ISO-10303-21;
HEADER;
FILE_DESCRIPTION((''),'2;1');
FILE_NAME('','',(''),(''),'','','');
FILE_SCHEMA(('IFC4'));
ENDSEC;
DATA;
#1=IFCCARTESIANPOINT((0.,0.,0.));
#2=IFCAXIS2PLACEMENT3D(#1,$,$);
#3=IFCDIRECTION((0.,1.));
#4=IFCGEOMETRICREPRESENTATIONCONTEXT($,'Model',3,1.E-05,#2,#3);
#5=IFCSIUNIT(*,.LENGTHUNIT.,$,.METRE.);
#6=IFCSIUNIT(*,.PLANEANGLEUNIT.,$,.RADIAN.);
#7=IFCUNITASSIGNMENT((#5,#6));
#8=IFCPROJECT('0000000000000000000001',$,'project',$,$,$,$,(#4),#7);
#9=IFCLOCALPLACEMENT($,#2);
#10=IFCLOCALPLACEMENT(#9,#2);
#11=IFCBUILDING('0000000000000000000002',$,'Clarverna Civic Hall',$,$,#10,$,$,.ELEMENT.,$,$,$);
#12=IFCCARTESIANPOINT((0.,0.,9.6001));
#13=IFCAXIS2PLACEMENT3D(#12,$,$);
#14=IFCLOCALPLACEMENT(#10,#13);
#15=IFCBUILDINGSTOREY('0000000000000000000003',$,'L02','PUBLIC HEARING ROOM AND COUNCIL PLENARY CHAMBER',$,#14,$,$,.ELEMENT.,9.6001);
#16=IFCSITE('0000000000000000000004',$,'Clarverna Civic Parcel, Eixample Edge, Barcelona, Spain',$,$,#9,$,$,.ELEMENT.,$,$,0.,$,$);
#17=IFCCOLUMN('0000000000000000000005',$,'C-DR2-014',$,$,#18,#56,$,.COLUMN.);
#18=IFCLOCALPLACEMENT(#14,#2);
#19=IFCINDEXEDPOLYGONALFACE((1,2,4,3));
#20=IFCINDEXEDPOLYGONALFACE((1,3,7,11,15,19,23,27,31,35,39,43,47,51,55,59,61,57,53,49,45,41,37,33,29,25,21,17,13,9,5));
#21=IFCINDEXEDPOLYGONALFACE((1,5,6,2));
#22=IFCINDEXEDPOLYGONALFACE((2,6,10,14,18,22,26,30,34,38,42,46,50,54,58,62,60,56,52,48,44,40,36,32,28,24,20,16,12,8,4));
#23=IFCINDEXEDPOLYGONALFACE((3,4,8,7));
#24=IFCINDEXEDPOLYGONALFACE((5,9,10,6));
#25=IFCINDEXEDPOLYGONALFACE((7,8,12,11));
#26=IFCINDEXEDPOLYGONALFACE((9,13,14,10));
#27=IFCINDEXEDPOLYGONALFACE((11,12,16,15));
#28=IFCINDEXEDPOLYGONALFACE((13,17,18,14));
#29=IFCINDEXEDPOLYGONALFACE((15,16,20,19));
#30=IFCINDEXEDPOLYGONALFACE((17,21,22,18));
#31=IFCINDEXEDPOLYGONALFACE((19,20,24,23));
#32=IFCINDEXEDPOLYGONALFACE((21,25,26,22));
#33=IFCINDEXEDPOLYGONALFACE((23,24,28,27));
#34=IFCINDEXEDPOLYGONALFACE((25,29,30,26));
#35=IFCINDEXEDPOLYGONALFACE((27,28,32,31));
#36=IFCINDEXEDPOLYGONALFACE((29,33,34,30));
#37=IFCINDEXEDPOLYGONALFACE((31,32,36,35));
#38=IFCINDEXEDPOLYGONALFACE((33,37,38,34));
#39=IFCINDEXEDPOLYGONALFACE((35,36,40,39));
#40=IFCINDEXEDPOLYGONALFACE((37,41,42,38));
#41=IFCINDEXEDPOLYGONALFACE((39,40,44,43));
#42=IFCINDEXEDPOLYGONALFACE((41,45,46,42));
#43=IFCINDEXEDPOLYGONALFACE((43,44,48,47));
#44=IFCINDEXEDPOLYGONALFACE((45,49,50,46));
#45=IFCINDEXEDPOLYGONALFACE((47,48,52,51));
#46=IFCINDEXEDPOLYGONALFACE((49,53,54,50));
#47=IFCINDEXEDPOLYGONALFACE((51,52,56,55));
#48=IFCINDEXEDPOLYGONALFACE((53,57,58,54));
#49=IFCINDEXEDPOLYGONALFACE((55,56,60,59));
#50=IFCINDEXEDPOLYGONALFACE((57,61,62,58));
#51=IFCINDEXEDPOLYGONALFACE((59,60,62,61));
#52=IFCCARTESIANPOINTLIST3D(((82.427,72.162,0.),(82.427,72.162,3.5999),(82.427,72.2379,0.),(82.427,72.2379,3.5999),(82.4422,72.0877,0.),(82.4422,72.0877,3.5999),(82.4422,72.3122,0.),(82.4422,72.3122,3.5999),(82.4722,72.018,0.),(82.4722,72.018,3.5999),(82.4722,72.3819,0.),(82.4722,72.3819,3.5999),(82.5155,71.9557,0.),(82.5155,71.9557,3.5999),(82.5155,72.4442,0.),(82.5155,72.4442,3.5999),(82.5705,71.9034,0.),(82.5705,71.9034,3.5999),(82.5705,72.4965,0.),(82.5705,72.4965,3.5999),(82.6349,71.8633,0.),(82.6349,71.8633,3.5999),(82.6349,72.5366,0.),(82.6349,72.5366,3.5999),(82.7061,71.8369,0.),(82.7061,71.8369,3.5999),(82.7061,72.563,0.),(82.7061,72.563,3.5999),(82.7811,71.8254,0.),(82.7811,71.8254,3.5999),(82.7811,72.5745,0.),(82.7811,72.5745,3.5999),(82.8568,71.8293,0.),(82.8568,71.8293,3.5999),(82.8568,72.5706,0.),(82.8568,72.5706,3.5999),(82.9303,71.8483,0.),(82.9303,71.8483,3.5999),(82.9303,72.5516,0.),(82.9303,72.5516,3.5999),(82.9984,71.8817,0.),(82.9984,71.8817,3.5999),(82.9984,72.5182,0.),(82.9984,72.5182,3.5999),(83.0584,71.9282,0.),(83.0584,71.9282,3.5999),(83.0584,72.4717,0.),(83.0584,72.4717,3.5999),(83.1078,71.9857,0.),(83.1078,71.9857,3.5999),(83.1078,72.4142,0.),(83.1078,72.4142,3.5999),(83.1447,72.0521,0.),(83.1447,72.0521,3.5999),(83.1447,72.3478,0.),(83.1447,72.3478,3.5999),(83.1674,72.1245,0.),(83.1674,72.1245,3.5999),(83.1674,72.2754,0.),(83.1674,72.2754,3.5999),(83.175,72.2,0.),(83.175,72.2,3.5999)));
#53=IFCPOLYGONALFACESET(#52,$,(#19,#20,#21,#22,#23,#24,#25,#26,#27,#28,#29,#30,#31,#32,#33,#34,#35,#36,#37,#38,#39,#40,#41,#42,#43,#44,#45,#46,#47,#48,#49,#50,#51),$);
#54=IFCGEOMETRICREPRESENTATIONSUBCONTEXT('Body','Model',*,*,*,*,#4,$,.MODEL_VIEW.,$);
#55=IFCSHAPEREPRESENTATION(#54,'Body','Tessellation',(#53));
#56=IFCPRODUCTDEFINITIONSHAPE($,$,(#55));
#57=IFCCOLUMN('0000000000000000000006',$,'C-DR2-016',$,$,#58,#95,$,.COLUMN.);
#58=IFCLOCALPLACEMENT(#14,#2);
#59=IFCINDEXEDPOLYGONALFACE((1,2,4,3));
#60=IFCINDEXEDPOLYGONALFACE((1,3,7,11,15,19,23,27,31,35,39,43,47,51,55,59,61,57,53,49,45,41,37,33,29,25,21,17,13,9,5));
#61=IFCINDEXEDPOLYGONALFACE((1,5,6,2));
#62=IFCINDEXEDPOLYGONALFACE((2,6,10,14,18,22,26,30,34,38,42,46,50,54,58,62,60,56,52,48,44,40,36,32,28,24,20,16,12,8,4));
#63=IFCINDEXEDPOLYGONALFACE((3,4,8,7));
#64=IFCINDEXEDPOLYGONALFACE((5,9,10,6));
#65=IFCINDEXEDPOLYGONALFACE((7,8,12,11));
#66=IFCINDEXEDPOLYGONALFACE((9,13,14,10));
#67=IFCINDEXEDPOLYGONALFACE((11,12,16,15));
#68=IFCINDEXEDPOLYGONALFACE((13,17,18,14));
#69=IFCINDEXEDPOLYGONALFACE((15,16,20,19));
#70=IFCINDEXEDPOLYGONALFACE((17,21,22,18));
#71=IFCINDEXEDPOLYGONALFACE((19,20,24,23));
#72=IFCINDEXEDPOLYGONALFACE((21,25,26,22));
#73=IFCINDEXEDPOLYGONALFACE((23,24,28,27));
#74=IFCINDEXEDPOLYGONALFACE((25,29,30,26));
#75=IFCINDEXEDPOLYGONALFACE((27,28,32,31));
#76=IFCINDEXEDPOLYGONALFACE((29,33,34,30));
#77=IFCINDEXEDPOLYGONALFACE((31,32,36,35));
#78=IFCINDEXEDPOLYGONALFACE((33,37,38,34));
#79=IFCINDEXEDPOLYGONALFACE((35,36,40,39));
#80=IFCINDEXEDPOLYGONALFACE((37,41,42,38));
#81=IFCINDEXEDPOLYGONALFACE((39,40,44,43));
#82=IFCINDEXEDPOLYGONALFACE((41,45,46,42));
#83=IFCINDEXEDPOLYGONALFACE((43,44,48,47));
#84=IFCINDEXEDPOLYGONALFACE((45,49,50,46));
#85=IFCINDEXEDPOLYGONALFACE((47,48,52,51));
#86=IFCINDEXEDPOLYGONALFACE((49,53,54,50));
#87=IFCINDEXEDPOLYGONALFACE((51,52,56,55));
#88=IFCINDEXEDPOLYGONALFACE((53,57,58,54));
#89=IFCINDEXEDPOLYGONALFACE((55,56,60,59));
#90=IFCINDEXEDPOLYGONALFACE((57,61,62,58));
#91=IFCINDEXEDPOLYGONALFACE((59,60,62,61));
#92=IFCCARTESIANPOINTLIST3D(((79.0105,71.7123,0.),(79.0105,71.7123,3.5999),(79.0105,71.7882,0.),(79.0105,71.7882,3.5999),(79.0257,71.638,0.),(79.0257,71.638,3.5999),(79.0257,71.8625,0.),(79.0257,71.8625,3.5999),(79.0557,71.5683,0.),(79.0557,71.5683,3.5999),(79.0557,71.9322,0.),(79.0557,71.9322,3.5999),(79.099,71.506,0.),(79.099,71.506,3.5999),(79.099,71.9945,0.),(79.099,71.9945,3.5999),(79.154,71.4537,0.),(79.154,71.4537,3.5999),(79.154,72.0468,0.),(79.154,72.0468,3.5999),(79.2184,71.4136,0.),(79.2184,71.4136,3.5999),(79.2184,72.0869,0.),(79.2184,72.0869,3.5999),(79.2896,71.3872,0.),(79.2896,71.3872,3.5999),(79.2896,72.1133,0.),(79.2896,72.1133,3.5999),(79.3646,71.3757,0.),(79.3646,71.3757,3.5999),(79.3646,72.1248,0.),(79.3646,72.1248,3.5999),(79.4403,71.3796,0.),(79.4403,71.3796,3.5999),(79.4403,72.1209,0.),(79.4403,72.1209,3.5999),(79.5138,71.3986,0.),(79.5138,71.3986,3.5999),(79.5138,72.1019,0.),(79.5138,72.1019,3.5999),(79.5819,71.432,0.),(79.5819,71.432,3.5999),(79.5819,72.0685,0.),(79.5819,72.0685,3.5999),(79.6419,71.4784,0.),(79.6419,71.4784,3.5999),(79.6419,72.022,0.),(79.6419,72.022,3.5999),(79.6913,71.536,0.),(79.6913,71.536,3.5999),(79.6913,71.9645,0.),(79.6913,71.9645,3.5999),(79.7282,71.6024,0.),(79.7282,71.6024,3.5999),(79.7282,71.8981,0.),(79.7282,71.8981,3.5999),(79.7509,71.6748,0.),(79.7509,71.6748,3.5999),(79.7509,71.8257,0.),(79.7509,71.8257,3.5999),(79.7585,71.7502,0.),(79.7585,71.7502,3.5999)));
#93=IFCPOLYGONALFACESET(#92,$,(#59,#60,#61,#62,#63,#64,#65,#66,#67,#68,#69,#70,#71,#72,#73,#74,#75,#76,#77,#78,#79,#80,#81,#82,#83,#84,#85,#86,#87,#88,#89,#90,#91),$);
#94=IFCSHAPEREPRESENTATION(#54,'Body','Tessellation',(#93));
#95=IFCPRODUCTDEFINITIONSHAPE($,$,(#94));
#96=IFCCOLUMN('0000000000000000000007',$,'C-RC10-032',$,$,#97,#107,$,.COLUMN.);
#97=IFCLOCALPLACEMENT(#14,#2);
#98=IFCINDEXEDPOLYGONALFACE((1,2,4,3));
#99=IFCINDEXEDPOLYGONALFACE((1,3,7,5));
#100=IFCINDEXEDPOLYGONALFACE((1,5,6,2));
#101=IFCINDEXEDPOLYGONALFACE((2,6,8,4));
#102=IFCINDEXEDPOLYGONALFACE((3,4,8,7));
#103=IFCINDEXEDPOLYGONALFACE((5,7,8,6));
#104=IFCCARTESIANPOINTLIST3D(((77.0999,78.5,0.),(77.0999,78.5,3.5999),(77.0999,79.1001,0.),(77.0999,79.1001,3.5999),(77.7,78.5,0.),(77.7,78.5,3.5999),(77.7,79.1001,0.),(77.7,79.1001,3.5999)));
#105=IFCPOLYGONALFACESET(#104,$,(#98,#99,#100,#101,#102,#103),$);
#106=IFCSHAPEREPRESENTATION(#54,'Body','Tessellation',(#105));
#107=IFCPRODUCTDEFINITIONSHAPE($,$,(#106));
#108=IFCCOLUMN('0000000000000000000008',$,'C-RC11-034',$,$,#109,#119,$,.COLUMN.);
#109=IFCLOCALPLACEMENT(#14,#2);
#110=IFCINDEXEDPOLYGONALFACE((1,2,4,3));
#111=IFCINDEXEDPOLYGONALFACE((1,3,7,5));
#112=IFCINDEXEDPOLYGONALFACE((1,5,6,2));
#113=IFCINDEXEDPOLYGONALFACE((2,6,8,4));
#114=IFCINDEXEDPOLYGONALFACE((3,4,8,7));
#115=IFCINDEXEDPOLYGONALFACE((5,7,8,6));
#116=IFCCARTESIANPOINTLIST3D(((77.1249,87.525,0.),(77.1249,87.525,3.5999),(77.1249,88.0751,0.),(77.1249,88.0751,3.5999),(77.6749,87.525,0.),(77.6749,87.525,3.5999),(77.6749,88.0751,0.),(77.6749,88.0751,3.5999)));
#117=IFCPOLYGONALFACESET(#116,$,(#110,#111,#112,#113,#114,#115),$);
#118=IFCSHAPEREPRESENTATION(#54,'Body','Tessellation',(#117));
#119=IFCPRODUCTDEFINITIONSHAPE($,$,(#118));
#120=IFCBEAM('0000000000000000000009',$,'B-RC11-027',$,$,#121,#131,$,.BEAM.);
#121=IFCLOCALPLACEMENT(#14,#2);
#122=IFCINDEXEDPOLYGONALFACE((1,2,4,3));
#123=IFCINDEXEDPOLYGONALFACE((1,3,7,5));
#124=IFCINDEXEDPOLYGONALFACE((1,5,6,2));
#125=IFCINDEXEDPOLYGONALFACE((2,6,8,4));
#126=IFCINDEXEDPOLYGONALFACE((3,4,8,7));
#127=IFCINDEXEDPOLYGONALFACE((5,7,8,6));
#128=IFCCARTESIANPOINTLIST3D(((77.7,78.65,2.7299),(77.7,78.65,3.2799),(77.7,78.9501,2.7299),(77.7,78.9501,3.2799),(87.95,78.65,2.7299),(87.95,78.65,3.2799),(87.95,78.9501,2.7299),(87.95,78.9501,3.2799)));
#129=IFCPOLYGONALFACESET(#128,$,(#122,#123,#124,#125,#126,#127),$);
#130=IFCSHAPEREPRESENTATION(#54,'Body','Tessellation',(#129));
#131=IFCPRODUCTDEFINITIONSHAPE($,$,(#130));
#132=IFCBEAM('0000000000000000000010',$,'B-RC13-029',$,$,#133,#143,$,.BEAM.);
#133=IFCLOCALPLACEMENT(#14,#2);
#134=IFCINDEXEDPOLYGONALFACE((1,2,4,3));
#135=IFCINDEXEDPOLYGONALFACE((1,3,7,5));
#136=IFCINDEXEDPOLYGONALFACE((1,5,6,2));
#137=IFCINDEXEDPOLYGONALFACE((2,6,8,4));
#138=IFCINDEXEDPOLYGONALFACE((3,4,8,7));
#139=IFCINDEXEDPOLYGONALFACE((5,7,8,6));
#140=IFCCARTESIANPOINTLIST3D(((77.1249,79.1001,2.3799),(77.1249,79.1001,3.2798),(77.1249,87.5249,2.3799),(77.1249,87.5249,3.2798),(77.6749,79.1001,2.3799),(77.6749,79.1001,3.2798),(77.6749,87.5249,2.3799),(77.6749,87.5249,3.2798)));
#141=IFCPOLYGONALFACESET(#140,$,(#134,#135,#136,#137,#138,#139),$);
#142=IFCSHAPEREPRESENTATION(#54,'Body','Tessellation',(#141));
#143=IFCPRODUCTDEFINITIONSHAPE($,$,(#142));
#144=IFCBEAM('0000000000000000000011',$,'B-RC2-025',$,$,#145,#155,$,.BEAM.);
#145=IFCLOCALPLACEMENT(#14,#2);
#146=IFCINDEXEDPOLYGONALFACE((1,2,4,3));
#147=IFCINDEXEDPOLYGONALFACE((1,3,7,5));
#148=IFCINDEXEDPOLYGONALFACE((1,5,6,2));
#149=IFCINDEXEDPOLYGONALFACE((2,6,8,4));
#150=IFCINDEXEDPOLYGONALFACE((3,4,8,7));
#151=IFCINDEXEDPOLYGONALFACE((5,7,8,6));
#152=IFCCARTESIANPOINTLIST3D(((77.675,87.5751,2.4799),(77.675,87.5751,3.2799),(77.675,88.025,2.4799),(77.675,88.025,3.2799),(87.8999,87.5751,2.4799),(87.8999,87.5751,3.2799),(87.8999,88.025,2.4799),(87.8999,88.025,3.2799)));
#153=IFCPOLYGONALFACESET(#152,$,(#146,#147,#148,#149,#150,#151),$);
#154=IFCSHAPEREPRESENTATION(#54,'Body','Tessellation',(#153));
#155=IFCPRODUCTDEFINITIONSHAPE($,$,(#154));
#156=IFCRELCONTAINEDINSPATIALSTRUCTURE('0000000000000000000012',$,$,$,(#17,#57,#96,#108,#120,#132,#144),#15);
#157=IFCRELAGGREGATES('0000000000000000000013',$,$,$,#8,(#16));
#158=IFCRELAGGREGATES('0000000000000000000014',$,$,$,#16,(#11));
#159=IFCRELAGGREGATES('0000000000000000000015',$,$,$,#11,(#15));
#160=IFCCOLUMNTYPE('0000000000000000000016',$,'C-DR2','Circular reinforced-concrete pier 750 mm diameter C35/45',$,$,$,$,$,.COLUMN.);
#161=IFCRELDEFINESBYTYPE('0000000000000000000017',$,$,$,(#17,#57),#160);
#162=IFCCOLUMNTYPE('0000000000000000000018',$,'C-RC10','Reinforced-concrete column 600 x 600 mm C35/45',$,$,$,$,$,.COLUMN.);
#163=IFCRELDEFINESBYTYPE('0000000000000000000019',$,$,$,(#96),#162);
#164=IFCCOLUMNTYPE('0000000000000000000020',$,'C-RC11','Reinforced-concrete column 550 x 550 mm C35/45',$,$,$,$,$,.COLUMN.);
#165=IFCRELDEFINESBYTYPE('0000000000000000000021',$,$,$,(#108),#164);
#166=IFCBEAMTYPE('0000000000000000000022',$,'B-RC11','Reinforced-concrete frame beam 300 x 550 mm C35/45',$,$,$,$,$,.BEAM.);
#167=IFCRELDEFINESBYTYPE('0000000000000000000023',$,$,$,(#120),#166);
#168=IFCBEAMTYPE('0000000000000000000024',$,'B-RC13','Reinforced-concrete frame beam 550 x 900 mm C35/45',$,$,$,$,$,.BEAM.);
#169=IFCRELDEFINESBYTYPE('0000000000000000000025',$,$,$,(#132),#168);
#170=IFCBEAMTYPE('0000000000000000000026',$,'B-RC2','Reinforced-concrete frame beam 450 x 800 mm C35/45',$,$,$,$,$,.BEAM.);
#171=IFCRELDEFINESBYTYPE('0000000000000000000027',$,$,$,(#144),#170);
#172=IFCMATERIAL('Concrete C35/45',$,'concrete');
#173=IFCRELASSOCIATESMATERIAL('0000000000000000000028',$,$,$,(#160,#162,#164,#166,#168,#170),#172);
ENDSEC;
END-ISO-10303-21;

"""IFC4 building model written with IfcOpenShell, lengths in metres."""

from ifc_helpers import new_model, si_unit, direction, frame, origin, origin_2d, place, context, subcontext, project, spatial, rectangle, circle, extrude, material, material_profile, profile_set, type_object, element, save


model = new_model("IFC4")

# Units and contexts
model_context = context("Model", 3, precision=1e-05, world=origin(), true_north=direction((0.0, 1.0)))
body_context = subcontext(model_context, "Body", "Model", "MODEL_VIEW")
ifc_project = project(units=[si_unit("LENGTHUNIT", "METRE"), si_unit("PLANEANGLEUNIT", "RADIAN")], contexts=[model_context])

# Site, building, storey
site_placement = place(None, origin())
site = spatial("IfcSite", under=ifc_project, at=site_placement, Name="Clarverna Civic Parcel, Eixample Edge, Barcelona, Spain", CompositionType="ELEMENT", RefElevation=0.0)
building_placement = place(site_placement, origin())
building = spatial("IfcBuilding", under=site, at=building_placement, Name="Clarverna Civic Hall", CompositionType="ELEMENT")
storey_placement = place(building_placement, frame((0.0, 0.0, 9.6001)))
storey = spatial("IfcBuildingStorey", under=building, at=storey_placement, Name="L02", Description="PUBLIC HEARING ROOM AND COUNCIL PLENARY CHAMBER", CompositionType="ELEMENT", Elevation=9.6001)

# Columns
ifc_material_1 = material(Name="Concrete C35/45", Category="concrete")
ifc_material_profile_1 = material_profile(ifc_material_1, circle(Radius=0.375, at=origin_2d()), Name="RC D750")
ifc_profile_set_1 = profile_set([ifc_material_profile_1], Name="Concrete C35/45")
column_type_1 = type_object("IfcColumnType", Name="C-DR2", Description="Circular reinforced-concrete pier 750 mm diameter C35/45", PredefinedType="COLUMN", material=ifc_profile_set_1)
for number, where, z_axis, x_axis, name in (
    (1, (82.8, 72.2, 0.0), (0.0, 0.0, 1.0), (1.0, 0.0, 0.0), "C-DR2-014"),
    (2, (79.3835, 71.7502, 0.0), (0.0, 0.0, 1.0), (1.0, 0.0, 0.0), "C-DR2-016"),
):
    element("IfcColumn", number, at=place(storey_placement, frame(where, z_axis=z_axis, x_axis=x_axis)), inside=storey, type_object=column_type_1, Name=name, PredefinedType="COLUMN", context=body_context, shape_type="SweptSolid", body=[
        extrude(circle(Radius=0.375, at=origin_2d()), origin(), (0.0, 0.0, 1.0), 3.5999),
    ])
ifc_material_profile_2 = material_profile(ifc_material_1, rectangle(XDim=0.6001, YDim=0.6001, at=origin_2d()), Name="RC 600x600")
ifc_profile_set_2 = profile_set([ifc_material_profile_2], Name="Concrete C35/45")
column_type_2 = type_object("IfcColumnType", Name="C-RC10", Description="Reinforced-concrete column 600 x 600 mm C35/45", PredefinedType="COLUMN", material=ifc_profile_set_2)
column_1_placement = place(storey_placement, frame((77.3999, 78.8, 0.0), z_axis=(0.0, 0.0, 1.0), x_axis=(1.0, 0.0, 0.0)))
element("IfcColumn", 3, at=column_1_placement, inside=storey, type_object=column_type_2, Name="C-RC10-032", PredefinedType="COLUMN", context=body_context, shape_type="SweptSolid", body=[
    extrude(rectangle(XDim=0.6001, YDim=0.6001, at=origin_2d()), origin(), (0.0, 0.0, 1.0), 3.5999),
])
ifc_material_profile_3 = material_profile(ifc_material_1, rectangle(XDim=0.55, YDim=0.55, at=origin_2d()), Name="RC 550x550")
ifc_profile_set_3 = profile_set([ifc_material_profile_3], Name="Concrete C35/45")
column_type_3 = type_object("IfcColumnType", Name="C-RC11", Description="Reinforced-concrete column 550 x 550 mm C35/45", PredefinedType="COLUMN", material=ifc_profile_set_3)
column_2_placement = place(storey_placement, frame((77.3999, 87.8, 0.0), z_axis=(0.0, 0.0, 1.0), x_axis=(1.0, 0.0, 0.0)))
element("IfcColumn", 4, at=column_2_placement, inside=storey, type_object=column_type_3, Name="C-RC11-034", PredefinedType="COLUMN", context=body_context, shape_type="SweptSolid", body=[
    extrude(rectangle(XDim=0.55, YDim=0.55, at=origin_2d()), origin(), (0.0, 0.0, 1.0), 3.5999),
])

# Beams
ifc_material_profile_4 = material_profile(ifc_material_1, rectangle(XDim=0.3, YDim=0.55, at=origin_2d()), Name="RC 300x550")
ifc_profile_set_4 = profile_set([ifc_material_profile_4], Name="Concrete C35/45")
beam_type_1 = type_object("IfcBeamType", Name="B-RC11", Description="Reinforced-concrete frame beam 300 x 550 mm C35/45", PredefinedType="BEAM", material=ifc_profile_set_4)
beam_1_placement = place(storey_placement, frame((77.7, 78.8, 3.0049), z_axis=(1.0, 0.0, 0.0), x_axis=(0.0, 1.0, 0.0)))
element("IfcBeam", 5, at=beam_1_placement, inside=storey, type_object=beam_type_1, Name="B-RC11-027", PredefinedType="BEAM", context=body_context, shape_type="SweptSolid", body=[
    extrude(rectangle(XDim=0.3, YDim=0.55, at=origin_2d()), origin(), (0.0, 0.0, 1.0), 10.25),
])
ifc_material_profile_5 = material_profile(ifc_material_1, rectangle(XDim=0.55, YDim=0.8999, at=origin_2d()), Name="RC 550x900")
ifc_profile_set_5 = profile_set([ifc_material_profile_5], Name="Concrete C35/45")
beam_type_2 = type_object("IfcBeamType", Name="B-RC13", Description="Reinforced-concrete frame beam 550 x 900 mm C35/45", PredefinedType="BEAM", material=ifc_profile_set_5)
beam_2_placement = place(storey_placement, frame((77.3999, 79.1001, 2.8298), z_axis=(0.0, 1.0, 0.0), x_axis=(-1.0, 0.0, 0.0)))
element("IfcBeam", 6, at=beam_2_placement, inside=storey, type_object=beam_type_2, Name="B-RC13-029", PredefinedType="BEAM", context=body_context, shape_type="SweptSolid", body=[
    extrude(rectangle(XDim=0.55, YDim=0.8999, at=origin_2d()), origin(), (0.0, 0.0, 1.0), 8.4248),
])
ifc_material_profile_6 = material_profile(ifc_material_1, rectangle(XDim=0.45, YDim=0.8, at=origin_2d()), Name="RC 450x800")
ifc_profile_set_6 = profile_set([ifc_material_profile_6], Name="Concrete C35/45")
beam_type_3 = type_object("IfcBeamType", Name="B-RC2", Description="Reinforced-concrete frame beam 450 x 800 mm C35/45", PredefinedType="BEAM", material=ifc_profile_set_6)
beam_3_placement = place(storey_placement, frame((77.675, 87.8, 2.8799), z_axis=(1.0, 0.0, 0.0), x_axis=(0.0, 1.0, 0.0)))
element("IfcBeam", 7, at=beam_3_placement, inside=storey, type_object=beam_type_3, Name="B-RC2-025", PredefinedType="BEAM", context=body_context, shape_type="SweptSolid", body=[
    extrude(rectangle(XDim=0.45, YDim=0.8, at=origin_2d()), origin(), (0.0, 0.0, 1.0), 10.2249),
])

save(model, "model.ifc")
